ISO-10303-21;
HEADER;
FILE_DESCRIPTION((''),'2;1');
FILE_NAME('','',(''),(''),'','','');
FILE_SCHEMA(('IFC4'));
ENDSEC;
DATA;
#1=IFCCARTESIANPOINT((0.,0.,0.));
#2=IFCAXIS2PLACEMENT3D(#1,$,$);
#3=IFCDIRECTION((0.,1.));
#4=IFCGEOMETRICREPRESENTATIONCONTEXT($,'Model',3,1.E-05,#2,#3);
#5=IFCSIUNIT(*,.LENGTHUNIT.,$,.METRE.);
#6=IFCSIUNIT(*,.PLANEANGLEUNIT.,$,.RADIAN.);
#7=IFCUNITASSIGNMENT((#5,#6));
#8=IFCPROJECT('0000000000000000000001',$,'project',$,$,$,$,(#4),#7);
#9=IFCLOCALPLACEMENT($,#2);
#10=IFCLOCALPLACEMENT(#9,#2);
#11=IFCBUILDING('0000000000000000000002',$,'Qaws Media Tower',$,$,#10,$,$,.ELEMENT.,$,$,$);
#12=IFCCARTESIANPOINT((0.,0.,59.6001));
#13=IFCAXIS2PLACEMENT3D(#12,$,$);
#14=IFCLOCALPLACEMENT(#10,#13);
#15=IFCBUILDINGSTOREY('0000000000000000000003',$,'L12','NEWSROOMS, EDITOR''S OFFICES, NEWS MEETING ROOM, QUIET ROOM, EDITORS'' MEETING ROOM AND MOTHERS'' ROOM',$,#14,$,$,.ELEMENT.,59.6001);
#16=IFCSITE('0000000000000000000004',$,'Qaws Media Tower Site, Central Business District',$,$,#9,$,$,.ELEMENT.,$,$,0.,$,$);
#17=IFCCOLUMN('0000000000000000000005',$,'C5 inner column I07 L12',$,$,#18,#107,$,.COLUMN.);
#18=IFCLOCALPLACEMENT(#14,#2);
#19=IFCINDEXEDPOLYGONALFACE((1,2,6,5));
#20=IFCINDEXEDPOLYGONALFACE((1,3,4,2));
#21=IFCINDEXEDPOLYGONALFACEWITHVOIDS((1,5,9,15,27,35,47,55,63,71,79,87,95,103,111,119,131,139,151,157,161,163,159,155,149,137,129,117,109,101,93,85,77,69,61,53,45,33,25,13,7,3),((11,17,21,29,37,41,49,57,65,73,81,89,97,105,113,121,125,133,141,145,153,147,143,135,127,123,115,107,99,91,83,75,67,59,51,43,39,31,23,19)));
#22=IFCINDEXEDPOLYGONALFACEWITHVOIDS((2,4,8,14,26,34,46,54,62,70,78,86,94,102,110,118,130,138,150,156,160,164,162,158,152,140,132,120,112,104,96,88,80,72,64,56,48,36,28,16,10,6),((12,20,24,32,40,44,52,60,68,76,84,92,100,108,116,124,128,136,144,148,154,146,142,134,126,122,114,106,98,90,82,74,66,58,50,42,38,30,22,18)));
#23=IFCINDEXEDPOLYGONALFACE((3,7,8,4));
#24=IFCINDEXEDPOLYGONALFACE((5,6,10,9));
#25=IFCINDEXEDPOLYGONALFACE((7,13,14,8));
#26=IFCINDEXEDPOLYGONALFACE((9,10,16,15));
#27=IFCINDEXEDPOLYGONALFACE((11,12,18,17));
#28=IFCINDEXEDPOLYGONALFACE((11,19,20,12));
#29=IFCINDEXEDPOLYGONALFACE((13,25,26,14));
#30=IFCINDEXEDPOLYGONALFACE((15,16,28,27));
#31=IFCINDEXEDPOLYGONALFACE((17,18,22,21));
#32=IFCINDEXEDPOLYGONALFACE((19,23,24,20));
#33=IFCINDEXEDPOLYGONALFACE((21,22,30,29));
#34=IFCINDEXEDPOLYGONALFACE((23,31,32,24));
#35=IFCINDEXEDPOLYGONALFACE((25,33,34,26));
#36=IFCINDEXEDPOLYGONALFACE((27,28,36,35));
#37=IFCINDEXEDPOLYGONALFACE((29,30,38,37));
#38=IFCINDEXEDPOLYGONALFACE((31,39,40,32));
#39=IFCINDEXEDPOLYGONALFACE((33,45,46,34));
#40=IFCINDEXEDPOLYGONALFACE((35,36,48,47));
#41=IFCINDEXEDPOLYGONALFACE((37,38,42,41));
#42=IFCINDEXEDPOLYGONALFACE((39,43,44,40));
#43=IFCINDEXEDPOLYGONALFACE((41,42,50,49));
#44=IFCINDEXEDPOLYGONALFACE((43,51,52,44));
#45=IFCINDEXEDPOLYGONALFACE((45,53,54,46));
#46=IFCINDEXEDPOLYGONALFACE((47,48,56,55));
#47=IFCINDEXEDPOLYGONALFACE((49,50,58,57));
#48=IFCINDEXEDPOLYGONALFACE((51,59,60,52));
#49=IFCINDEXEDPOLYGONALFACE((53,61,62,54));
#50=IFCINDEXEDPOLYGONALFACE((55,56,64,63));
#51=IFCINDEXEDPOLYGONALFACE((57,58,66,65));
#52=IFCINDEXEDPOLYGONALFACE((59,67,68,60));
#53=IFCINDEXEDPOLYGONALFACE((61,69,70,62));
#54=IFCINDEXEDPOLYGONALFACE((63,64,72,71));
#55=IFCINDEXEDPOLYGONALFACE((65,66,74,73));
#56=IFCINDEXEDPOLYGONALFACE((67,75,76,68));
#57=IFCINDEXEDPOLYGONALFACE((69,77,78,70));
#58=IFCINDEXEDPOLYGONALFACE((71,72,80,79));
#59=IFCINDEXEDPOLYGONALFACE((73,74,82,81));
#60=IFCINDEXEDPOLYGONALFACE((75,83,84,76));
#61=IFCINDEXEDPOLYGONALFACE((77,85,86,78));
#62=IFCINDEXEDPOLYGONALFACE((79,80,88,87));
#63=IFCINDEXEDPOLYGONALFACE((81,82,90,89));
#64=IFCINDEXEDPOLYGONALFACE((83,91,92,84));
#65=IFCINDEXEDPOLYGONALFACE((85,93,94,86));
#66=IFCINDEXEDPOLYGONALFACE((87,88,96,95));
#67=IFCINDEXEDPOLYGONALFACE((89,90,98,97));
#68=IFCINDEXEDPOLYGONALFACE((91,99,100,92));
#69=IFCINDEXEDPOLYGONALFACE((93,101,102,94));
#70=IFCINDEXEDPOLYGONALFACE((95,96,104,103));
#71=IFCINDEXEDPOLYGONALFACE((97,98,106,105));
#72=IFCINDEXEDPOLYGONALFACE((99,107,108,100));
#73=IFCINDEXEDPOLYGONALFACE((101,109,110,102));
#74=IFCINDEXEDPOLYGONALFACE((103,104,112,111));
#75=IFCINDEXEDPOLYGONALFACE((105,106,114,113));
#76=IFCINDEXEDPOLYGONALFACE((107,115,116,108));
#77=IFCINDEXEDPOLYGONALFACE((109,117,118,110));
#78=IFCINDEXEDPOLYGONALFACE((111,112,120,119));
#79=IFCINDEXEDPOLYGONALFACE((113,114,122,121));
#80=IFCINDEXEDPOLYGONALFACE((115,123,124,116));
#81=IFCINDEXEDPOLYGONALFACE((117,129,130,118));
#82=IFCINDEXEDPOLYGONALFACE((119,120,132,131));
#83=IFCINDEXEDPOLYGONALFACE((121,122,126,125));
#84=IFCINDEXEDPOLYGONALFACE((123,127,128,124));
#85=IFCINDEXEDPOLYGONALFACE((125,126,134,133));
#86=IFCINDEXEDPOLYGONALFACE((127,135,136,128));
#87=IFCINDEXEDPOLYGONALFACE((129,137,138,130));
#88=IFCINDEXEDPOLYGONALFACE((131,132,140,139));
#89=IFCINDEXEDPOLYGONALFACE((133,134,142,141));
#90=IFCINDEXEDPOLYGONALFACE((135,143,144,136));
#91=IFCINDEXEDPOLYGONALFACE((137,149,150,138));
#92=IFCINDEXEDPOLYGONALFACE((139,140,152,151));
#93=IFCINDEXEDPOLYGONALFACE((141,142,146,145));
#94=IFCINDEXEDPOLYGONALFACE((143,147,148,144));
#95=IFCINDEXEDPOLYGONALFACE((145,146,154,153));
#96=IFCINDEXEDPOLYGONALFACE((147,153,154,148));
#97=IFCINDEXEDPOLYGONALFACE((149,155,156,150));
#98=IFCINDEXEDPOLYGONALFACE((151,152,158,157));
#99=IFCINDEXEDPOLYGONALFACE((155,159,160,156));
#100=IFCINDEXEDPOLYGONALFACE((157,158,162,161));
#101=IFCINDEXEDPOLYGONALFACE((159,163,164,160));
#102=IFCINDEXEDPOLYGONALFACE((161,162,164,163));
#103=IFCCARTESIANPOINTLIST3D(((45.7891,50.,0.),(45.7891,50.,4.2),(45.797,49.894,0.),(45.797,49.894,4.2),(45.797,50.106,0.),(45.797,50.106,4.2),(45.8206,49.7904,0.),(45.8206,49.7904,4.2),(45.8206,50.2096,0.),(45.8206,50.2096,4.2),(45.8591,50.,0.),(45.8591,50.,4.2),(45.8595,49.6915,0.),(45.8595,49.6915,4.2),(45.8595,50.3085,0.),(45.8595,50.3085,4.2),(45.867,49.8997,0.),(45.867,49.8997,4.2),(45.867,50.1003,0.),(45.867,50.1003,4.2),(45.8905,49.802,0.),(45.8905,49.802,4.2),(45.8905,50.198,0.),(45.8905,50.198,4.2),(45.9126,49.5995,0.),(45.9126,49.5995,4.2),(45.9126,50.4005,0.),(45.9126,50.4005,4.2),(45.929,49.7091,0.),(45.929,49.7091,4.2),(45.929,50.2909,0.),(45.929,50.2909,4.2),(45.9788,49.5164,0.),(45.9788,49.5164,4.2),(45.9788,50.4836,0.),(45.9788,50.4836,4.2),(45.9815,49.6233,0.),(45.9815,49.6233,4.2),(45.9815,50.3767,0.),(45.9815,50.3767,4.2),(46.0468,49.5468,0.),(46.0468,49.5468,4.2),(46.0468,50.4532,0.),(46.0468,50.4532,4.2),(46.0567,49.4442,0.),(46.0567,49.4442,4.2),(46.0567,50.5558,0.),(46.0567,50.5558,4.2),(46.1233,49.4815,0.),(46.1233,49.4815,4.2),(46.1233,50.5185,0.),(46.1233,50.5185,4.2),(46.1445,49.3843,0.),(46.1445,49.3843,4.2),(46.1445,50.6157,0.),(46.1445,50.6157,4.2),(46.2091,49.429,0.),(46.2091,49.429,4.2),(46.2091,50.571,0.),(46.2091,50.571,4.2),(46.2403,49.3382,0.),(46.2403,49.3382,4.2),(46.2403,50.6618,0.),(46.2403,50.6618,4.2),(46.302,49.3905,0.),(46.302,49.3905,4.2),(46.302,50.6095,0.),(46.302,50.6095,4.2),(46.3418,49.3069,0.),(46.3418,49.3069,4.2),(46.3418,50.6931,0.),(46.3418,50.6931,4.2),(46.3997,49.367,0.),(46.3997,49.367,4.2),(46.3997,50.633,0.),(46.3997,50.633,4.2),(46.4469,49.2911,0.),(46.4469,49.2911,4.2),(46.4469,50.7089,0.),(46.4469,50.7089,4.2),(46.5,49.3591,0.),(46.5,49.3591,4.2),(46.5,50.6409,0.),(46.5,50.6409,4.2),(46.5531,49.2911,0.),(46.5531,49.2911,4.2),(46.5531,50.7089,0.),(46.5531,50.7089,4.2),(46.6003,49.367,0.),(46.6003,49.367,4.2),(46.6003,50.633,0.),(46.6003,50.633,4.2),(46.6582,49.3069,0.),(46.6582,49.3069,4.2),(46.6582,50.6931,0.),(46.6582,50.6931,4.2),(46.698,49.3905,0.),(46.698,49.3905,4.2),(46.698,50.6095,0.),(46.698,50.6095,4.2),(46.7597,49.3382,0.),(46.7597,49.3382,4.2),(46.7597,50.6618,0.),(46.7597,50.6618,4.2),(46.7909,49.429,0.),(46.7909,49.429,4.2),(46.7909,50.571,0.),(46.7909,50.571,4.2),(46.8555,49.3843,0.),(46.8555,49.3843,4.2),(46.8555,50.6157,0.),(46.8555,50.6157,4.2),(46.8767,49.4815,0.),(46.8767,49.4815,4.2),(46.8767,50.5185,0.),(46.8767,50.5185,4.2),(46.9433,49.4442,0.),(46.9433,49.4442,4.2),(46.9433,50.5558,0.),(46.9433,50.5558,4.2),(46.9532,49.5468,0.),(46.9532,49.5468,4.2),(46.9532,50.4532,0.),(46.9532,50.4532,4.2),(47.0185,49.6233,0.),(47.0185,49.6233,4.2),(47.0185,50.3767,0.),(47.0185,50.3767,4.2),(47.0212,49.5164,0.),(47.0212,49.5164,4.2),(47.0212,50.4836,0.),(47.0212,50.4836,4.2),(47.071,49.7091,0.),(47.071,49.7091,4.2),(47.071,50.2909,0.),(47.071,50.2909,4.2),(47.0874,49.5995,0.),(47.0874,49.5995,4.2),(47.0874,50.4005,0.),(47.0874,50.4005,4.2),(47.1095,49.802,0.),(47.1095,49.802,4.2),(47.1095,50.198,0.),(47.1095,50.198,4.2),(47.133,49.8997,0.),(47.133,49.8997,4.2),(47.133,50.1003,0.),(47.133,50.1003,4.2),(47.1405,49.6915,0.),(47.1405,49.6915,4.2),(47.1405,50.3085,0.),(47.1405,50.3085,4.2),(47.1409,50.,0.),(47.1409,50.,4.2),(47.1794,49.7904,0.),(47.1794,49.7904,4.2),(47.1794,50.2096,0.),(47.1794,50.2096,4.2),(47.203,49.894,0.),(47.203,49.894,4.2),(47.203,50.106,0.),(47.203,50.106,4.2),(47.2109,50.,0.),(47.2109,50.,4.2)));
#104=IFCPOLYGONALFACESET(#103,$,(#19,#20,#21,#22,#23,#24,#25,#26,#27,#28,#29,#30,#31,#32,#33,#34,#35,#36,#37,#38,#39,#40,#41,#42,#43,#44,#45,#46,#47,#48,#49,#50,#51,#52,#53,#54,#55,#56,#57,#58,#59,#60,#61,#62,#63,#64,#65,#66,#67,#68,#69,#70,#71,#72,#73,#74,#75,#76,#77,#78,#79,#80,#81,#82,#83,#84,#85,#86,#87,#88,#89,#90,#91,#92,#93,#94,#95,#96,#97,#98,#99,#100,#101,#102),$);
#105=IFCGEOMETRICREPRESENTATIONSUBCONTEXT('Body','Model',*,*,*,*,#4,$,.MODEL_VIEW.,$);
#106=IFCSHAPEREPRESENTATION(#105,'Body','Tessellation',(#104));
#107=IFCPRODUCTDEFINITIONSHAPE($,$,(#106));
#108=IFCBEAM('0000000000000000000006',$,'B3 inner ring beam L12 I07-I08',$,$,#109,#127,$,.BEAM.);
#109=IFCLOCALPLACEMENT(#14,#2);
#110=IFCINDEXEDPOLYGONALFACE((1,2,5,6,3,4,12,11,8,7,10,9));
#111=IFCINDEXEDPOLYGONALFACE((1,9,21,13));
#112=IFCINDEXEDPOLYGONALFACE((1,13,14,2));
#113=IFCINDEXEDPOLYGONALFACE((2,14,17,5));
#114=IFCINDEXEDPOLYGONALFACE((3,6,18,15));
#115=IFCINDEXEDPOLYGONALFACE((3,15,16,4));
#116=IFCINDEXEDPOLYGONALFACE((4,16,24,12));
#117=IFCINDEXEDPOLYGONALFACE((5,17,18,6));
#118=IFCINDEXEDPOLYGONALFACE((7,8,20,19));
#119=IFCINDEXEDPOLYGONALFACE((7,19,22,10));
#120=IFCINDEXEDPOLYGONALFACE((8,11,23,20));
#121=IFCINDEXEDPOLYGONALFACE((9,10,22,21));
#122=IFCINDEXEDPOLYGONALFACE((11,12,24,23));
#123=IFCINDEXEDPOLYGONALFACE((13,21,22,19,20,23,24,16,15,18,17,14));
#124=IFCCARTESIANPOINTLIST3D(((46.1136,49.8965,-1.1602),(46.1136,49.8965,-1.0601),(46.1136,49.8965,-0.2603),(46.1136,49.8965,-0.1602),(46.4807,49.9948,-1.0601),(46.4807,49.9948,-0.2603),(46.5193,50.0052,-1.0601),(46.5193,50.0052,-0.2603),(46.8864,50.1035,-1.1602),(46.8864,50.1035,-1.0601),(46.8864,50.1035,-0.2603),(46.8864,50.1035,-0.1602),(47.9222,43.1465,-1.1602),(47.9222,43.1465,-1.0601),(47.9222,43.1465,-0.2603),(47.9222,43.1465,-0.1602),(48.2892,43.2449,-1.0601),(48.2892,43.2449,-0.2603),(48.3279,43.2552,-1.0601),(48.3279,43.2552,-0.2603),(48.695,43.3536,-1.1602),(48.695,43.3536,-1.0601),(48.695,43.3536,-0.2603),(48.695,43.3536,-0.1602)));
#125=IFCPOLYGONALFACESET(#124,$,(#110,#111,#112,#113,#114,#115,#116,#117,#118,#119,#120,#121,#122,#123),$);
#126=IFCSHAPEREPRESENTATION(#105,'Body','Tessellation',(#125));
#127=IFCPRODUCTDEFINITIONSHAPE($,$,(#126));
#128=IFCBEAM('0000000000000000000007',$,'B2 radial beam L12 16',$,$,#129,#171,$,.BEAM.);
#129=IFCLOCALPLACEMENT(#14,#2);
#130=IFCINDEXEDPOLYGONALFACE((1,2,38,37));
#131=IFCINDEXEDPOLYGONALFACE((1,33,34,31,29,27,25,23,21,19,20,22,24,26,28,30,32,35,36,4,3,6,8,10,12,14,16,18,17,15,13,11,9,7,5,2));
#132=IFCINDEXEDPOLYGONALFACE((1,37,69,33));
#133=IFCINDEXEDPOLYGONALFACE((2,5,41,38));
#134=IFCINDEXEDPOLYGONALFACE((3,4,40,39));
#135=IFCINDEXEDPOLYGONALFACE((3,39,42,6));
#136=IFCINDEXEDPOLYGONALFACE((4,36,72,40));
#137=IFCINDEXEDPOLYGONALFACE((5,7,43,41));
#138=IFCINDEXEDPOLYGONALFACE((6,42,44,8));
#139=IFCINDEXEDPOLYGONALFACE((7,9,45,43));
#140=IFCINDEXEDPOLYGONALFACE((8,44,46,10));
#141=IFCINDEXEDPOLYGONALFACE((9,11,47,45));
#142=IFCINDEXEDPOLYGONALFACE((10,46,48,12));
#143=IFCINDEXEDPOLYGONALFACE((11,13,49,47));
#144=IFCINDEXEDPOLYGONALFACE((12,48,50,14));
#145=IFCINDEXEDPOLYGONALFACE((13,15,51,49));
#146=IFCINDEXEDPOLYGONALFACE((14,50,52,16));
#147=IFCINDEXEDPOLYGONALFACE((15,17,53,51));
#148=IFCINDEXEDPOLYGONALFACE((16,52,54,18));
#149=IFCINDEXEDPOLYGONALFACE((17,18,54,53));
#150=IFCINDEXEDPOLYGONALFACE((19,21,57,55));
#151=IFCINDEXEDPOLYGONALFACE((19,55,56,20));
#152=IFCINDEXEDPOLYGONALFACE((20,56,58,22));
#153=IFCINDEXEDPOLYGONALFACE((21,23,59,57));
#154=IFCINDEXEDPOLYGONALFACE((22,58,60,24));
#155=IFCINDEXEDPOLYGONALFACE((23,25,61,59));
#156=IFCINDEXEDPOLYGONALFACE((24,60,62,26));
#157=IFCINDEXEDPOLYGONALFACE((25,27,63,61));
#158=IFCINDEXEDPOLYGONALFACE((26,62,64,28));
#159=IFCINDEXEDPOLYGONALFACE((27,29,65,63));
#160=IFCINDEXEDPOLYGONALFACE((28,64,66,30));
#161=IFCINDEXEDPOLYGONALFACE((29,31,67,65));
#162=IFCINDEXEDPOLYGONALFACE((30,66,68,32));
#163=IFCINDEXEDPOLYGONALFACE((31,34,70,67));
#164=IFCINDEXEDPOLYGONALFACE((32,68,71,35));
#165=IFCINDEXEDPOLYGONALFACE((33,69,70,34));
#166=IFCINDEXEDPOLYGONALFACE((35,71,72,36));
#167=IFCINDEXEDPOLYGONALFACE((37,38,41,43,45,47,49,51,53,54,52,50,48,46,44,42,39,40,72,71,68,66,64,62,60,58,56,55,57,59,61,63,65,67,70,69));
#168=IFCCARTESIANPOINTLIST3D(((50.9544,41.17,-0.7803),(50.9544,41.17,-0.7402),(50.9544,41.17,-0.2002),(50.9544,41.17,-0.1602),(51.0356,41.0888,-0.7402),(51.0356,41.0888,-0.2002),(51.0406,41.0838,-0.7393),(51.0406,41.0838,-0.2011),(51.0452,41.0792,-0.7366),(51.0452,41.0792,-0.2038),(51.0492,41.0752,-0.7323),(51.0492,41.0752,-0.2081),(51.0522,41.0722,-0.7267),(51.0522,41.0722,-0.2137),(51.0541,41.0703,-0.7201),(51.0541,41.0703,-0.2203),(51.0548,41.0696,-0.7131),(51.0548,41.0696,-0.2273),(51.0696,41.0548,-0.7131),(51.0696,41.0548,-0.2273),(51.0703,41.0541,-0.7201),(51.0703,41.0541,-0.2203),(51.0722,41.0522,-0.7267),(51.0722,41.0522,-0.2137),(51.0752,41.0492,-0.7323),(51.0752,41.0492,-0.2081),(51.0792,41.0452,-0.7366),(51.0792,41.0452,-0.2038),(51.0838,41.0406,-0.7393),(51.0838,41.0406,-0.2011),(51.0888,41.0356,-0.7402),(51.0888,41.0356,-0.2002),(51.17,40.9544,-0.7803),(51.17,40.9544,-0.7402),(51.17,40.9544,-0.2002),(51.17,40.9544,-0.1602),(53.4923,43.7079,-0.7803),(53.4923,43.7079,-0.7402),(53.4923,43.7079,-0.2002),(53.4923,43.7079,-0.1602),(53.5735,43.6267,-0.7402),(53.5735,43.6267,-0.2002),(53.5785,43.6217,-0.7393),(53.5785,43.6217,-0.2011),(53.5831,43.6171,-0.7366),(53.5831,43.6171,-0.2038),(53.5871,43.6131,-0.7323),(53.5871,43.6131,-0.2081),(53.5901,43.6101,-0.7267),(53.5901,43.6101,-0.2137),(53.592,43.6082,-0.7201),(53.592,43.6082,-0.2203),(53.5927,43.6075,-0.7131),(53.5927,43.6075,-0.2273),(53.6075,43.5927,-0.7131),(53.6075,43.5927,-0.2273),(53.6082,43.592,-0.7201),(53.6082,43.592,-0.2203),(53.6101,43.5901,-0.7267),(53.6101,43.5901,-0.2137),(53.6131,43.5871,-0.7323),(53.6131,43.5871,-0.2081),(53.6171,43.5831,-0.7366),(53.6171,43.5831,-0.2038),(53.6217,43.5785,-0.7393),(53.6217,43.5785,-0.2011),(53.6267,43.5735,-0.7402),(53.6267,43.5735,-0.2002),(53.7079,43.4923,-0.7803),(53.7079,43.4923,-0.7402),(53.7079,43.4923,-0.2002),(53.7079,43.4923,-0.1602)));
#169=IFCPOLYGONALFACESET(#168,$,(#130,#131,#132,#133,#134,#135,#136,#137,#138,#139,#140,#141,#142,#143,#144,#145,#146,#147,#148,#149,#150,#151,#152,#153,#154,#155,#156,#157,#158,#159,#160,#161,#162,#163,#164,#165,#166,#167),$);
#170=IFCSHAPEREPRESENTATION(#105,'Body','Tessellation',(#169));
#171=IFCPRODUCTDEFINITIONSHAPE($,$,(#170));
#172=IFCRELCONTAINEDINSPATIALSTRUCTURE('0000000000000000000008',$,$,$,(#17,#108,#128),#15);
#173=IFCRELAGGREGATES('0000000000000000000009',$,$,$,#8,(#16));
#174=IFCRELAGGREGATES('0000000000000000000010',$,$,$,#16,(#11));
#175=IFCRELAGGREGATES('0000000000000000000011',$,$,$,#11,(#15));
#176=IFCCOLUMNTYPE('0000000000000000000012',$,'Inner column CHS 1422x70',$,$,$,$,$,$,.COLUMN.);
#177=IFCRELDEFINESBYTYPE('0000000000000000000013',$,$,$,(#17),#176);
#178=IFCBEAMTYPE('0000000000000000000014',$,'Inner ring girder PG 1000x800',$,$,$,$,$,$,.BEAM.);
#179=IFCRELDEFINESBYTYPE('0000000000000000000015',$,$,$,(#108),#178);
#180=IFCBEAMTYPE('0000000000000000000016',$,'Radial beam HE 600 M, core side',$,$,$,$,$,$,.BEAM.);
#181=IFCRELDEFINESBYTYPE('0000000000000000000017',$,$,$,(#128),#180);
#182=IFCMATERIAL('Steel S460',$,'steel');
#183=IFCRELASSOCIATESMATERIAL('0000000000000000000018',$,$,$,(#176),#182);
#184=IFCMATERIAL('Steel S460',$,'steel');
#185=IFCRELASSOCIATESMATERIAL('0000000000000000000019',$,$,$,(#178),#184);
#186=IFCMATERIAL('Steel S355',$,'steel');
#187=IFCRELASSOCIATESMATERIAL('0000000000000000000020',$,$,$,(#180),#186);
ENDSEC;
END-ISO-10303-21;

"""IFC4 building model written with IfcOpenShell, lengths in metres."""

from ifc_helpers import new_model, si_unit, direction, frame, origin, origin_2d, place, context, subcontext, project, spatial, hollow_circle, i_section, extrude, material, material_profile, profile_set, type_object, element, save


model = new_model("IFC4")

# Units and contexts
model_context = context("Model", 3, precision=1e-05, world=origin(), true_north=direction((0.0, 1.0)))
body_context = subcontext(model_context, "Body", "Model", "MODEL_VIEW")
ifc_project = project(units=[si_unit("LENGTHUNIT", "METRE"), si_unit("PLANEANGLEUNIT", "RADIAN")], contexts=[model_context])

# Site, building, storey
site_placement = place(None, origin())
site = spatial("IfcSite", under=ifc_project, at=site_placement, Name="Qaws Media Tower Site, Central Business District", CompositionType="ELEMENT", RefElevation=0.0)
building_placement = place(site_placement, origin())
building = spatial("IfcBuilding", under=site, at=building_placement, Name="Qaws Media Tower", CompositionType="ELEMENT")
storey_placement = place(building_placement, frame((0.0, 0.0, 59.6001)))
storey = spatial("IfcBuildingStorey", under=building, at=storey_placement, Name="L12", Description="NEWSROOMS, EDITOR'S OFFICES, NEWS MEETING ROOM, QUIET ROOM, EDITORS' MEETING ROOM AND MOTHERS' ROOM", CompositionType="ELEMENT", Elevation=59.6001)

# Column
ifc_material_1 = material(Name="Steel S460", Category="steel")
ifc_material_profile_1 = material_profile(ifc_material_1, hollow_circle(Radius=0.7109, WallThickness=0.0701, at=origin_2d()), Name="CHS 1422x70")
ifc_profile_set_1 = profile_set([ifc_material_profile_1], Name="Steel S460")
column_type = type_object("IfcColumnType", Name="Inner column CHS 1422x70", PredefinedType="COLUMN", material=ifc_profile_set_1)
column_placement = place(storey_placement, frame((46.5, 50.0, 0.0), z_axis=(0.0, 0.0, 1.0), x_axis=(1.0, 0.0, 0.0)))
element("IfcColumn", 1, at=column_placement, inside=storey, type_object=column_type, Name="C5 inner column I07 L12", PredefinedType="COLUMN", context=body_context, shape_type="SweptSolid", body=[
    extrude(hollow_circle(Radius=0.7109, WallThickness=0.0701, at=origin_2d()), origin(), (0.0, 0.0, 1.0), 4.2),
])

# Beams
ifc_material_2 = material(Name="Steel S460", Category="steel")
ifc_material_profile_2 = material_profile(ifc_material_2, i_section(OverallWidth=0.8, OverallDepth=1.0, WebThickness=0.04, FlangeThickness=0.1001, at=origin_2d()), Name="PG 1000x800")
ifc_profile_set_2 = profile_set([ifc_material_profile_2], Name="Steel S460")
beam_type_1 = type_object("IfcBeamType", Name="Inner ring girder PG 1000x800", PredefinedType="BEAM", material=ifc_profile_set_2)
beam_1_placement = place(storey_placement, frame((46.5, 50.0, -0.6602), z_axis=(0.258811, -0.965928, 0.0), x_axis=(0.965928, 0.258811, 0.0)))
element("IfcBeam", 2, at=beam_1_placement, inside=storey, type_object=beam_type_1, Name="B3 inner ring beam L12 I07-I08", PredefinedType="BEAM", context=body_context, shape_type="SweptSolid", body=[
    extrude(i_section(OverallWidth=0.8, OverallDepth=1.0, WebThickness=0.04, FlangeThickness=0.1001, at=origin_2d()), origin(), (0.0, 0.0, 1.0), 6.988),
])
ifc_material_3 = material(Name="Steel S355", Category="steel")
ifc_material_profile_3 = material_profile(ifc_material_3, i_section(OverallWidth=0.3049, OverallDepth=0.6201, WebThickness=0.021, FlangeThickness=0.04, FilletRadius=0.0271, at=origin_2d()), Name="HE 600 M")
ifc_profile_set_3 = profile_set([ifc_material_profile_3], Name="Steel S355")
beam_type_2 = type_object("IfcBeamType", Name="Radial beam HE 600 M, core side", PredefinedType="BEAM", material=ifc_profile_set_3)
beam_2_placement = place(storey_placement, frame((53.6001, 43.6001, -0.4702), z_axis=(-0.707107, -0.707107, 0.0), x_axis=(0.707107, -0.707107, 0.0)))
element("IfcBeam", 3, at=beam_2_placement, inside=storey, type_object=beam_type_2, Name="B2 radial beam L12 16", PredefinedType="BEAM", context=body_context, shape_type="SweptSolid", body=[
    extrude(i_section(OverallWidth=0.3049, OverallDepth=0.6201, WebThickness=0.021, FlangeThickness=0.04, FilletRadius=0.0271, at=origin_2d()), origin(), (0.0, 0.0, 1.0), 3.5891),
])

save(model, "model.ifc")
